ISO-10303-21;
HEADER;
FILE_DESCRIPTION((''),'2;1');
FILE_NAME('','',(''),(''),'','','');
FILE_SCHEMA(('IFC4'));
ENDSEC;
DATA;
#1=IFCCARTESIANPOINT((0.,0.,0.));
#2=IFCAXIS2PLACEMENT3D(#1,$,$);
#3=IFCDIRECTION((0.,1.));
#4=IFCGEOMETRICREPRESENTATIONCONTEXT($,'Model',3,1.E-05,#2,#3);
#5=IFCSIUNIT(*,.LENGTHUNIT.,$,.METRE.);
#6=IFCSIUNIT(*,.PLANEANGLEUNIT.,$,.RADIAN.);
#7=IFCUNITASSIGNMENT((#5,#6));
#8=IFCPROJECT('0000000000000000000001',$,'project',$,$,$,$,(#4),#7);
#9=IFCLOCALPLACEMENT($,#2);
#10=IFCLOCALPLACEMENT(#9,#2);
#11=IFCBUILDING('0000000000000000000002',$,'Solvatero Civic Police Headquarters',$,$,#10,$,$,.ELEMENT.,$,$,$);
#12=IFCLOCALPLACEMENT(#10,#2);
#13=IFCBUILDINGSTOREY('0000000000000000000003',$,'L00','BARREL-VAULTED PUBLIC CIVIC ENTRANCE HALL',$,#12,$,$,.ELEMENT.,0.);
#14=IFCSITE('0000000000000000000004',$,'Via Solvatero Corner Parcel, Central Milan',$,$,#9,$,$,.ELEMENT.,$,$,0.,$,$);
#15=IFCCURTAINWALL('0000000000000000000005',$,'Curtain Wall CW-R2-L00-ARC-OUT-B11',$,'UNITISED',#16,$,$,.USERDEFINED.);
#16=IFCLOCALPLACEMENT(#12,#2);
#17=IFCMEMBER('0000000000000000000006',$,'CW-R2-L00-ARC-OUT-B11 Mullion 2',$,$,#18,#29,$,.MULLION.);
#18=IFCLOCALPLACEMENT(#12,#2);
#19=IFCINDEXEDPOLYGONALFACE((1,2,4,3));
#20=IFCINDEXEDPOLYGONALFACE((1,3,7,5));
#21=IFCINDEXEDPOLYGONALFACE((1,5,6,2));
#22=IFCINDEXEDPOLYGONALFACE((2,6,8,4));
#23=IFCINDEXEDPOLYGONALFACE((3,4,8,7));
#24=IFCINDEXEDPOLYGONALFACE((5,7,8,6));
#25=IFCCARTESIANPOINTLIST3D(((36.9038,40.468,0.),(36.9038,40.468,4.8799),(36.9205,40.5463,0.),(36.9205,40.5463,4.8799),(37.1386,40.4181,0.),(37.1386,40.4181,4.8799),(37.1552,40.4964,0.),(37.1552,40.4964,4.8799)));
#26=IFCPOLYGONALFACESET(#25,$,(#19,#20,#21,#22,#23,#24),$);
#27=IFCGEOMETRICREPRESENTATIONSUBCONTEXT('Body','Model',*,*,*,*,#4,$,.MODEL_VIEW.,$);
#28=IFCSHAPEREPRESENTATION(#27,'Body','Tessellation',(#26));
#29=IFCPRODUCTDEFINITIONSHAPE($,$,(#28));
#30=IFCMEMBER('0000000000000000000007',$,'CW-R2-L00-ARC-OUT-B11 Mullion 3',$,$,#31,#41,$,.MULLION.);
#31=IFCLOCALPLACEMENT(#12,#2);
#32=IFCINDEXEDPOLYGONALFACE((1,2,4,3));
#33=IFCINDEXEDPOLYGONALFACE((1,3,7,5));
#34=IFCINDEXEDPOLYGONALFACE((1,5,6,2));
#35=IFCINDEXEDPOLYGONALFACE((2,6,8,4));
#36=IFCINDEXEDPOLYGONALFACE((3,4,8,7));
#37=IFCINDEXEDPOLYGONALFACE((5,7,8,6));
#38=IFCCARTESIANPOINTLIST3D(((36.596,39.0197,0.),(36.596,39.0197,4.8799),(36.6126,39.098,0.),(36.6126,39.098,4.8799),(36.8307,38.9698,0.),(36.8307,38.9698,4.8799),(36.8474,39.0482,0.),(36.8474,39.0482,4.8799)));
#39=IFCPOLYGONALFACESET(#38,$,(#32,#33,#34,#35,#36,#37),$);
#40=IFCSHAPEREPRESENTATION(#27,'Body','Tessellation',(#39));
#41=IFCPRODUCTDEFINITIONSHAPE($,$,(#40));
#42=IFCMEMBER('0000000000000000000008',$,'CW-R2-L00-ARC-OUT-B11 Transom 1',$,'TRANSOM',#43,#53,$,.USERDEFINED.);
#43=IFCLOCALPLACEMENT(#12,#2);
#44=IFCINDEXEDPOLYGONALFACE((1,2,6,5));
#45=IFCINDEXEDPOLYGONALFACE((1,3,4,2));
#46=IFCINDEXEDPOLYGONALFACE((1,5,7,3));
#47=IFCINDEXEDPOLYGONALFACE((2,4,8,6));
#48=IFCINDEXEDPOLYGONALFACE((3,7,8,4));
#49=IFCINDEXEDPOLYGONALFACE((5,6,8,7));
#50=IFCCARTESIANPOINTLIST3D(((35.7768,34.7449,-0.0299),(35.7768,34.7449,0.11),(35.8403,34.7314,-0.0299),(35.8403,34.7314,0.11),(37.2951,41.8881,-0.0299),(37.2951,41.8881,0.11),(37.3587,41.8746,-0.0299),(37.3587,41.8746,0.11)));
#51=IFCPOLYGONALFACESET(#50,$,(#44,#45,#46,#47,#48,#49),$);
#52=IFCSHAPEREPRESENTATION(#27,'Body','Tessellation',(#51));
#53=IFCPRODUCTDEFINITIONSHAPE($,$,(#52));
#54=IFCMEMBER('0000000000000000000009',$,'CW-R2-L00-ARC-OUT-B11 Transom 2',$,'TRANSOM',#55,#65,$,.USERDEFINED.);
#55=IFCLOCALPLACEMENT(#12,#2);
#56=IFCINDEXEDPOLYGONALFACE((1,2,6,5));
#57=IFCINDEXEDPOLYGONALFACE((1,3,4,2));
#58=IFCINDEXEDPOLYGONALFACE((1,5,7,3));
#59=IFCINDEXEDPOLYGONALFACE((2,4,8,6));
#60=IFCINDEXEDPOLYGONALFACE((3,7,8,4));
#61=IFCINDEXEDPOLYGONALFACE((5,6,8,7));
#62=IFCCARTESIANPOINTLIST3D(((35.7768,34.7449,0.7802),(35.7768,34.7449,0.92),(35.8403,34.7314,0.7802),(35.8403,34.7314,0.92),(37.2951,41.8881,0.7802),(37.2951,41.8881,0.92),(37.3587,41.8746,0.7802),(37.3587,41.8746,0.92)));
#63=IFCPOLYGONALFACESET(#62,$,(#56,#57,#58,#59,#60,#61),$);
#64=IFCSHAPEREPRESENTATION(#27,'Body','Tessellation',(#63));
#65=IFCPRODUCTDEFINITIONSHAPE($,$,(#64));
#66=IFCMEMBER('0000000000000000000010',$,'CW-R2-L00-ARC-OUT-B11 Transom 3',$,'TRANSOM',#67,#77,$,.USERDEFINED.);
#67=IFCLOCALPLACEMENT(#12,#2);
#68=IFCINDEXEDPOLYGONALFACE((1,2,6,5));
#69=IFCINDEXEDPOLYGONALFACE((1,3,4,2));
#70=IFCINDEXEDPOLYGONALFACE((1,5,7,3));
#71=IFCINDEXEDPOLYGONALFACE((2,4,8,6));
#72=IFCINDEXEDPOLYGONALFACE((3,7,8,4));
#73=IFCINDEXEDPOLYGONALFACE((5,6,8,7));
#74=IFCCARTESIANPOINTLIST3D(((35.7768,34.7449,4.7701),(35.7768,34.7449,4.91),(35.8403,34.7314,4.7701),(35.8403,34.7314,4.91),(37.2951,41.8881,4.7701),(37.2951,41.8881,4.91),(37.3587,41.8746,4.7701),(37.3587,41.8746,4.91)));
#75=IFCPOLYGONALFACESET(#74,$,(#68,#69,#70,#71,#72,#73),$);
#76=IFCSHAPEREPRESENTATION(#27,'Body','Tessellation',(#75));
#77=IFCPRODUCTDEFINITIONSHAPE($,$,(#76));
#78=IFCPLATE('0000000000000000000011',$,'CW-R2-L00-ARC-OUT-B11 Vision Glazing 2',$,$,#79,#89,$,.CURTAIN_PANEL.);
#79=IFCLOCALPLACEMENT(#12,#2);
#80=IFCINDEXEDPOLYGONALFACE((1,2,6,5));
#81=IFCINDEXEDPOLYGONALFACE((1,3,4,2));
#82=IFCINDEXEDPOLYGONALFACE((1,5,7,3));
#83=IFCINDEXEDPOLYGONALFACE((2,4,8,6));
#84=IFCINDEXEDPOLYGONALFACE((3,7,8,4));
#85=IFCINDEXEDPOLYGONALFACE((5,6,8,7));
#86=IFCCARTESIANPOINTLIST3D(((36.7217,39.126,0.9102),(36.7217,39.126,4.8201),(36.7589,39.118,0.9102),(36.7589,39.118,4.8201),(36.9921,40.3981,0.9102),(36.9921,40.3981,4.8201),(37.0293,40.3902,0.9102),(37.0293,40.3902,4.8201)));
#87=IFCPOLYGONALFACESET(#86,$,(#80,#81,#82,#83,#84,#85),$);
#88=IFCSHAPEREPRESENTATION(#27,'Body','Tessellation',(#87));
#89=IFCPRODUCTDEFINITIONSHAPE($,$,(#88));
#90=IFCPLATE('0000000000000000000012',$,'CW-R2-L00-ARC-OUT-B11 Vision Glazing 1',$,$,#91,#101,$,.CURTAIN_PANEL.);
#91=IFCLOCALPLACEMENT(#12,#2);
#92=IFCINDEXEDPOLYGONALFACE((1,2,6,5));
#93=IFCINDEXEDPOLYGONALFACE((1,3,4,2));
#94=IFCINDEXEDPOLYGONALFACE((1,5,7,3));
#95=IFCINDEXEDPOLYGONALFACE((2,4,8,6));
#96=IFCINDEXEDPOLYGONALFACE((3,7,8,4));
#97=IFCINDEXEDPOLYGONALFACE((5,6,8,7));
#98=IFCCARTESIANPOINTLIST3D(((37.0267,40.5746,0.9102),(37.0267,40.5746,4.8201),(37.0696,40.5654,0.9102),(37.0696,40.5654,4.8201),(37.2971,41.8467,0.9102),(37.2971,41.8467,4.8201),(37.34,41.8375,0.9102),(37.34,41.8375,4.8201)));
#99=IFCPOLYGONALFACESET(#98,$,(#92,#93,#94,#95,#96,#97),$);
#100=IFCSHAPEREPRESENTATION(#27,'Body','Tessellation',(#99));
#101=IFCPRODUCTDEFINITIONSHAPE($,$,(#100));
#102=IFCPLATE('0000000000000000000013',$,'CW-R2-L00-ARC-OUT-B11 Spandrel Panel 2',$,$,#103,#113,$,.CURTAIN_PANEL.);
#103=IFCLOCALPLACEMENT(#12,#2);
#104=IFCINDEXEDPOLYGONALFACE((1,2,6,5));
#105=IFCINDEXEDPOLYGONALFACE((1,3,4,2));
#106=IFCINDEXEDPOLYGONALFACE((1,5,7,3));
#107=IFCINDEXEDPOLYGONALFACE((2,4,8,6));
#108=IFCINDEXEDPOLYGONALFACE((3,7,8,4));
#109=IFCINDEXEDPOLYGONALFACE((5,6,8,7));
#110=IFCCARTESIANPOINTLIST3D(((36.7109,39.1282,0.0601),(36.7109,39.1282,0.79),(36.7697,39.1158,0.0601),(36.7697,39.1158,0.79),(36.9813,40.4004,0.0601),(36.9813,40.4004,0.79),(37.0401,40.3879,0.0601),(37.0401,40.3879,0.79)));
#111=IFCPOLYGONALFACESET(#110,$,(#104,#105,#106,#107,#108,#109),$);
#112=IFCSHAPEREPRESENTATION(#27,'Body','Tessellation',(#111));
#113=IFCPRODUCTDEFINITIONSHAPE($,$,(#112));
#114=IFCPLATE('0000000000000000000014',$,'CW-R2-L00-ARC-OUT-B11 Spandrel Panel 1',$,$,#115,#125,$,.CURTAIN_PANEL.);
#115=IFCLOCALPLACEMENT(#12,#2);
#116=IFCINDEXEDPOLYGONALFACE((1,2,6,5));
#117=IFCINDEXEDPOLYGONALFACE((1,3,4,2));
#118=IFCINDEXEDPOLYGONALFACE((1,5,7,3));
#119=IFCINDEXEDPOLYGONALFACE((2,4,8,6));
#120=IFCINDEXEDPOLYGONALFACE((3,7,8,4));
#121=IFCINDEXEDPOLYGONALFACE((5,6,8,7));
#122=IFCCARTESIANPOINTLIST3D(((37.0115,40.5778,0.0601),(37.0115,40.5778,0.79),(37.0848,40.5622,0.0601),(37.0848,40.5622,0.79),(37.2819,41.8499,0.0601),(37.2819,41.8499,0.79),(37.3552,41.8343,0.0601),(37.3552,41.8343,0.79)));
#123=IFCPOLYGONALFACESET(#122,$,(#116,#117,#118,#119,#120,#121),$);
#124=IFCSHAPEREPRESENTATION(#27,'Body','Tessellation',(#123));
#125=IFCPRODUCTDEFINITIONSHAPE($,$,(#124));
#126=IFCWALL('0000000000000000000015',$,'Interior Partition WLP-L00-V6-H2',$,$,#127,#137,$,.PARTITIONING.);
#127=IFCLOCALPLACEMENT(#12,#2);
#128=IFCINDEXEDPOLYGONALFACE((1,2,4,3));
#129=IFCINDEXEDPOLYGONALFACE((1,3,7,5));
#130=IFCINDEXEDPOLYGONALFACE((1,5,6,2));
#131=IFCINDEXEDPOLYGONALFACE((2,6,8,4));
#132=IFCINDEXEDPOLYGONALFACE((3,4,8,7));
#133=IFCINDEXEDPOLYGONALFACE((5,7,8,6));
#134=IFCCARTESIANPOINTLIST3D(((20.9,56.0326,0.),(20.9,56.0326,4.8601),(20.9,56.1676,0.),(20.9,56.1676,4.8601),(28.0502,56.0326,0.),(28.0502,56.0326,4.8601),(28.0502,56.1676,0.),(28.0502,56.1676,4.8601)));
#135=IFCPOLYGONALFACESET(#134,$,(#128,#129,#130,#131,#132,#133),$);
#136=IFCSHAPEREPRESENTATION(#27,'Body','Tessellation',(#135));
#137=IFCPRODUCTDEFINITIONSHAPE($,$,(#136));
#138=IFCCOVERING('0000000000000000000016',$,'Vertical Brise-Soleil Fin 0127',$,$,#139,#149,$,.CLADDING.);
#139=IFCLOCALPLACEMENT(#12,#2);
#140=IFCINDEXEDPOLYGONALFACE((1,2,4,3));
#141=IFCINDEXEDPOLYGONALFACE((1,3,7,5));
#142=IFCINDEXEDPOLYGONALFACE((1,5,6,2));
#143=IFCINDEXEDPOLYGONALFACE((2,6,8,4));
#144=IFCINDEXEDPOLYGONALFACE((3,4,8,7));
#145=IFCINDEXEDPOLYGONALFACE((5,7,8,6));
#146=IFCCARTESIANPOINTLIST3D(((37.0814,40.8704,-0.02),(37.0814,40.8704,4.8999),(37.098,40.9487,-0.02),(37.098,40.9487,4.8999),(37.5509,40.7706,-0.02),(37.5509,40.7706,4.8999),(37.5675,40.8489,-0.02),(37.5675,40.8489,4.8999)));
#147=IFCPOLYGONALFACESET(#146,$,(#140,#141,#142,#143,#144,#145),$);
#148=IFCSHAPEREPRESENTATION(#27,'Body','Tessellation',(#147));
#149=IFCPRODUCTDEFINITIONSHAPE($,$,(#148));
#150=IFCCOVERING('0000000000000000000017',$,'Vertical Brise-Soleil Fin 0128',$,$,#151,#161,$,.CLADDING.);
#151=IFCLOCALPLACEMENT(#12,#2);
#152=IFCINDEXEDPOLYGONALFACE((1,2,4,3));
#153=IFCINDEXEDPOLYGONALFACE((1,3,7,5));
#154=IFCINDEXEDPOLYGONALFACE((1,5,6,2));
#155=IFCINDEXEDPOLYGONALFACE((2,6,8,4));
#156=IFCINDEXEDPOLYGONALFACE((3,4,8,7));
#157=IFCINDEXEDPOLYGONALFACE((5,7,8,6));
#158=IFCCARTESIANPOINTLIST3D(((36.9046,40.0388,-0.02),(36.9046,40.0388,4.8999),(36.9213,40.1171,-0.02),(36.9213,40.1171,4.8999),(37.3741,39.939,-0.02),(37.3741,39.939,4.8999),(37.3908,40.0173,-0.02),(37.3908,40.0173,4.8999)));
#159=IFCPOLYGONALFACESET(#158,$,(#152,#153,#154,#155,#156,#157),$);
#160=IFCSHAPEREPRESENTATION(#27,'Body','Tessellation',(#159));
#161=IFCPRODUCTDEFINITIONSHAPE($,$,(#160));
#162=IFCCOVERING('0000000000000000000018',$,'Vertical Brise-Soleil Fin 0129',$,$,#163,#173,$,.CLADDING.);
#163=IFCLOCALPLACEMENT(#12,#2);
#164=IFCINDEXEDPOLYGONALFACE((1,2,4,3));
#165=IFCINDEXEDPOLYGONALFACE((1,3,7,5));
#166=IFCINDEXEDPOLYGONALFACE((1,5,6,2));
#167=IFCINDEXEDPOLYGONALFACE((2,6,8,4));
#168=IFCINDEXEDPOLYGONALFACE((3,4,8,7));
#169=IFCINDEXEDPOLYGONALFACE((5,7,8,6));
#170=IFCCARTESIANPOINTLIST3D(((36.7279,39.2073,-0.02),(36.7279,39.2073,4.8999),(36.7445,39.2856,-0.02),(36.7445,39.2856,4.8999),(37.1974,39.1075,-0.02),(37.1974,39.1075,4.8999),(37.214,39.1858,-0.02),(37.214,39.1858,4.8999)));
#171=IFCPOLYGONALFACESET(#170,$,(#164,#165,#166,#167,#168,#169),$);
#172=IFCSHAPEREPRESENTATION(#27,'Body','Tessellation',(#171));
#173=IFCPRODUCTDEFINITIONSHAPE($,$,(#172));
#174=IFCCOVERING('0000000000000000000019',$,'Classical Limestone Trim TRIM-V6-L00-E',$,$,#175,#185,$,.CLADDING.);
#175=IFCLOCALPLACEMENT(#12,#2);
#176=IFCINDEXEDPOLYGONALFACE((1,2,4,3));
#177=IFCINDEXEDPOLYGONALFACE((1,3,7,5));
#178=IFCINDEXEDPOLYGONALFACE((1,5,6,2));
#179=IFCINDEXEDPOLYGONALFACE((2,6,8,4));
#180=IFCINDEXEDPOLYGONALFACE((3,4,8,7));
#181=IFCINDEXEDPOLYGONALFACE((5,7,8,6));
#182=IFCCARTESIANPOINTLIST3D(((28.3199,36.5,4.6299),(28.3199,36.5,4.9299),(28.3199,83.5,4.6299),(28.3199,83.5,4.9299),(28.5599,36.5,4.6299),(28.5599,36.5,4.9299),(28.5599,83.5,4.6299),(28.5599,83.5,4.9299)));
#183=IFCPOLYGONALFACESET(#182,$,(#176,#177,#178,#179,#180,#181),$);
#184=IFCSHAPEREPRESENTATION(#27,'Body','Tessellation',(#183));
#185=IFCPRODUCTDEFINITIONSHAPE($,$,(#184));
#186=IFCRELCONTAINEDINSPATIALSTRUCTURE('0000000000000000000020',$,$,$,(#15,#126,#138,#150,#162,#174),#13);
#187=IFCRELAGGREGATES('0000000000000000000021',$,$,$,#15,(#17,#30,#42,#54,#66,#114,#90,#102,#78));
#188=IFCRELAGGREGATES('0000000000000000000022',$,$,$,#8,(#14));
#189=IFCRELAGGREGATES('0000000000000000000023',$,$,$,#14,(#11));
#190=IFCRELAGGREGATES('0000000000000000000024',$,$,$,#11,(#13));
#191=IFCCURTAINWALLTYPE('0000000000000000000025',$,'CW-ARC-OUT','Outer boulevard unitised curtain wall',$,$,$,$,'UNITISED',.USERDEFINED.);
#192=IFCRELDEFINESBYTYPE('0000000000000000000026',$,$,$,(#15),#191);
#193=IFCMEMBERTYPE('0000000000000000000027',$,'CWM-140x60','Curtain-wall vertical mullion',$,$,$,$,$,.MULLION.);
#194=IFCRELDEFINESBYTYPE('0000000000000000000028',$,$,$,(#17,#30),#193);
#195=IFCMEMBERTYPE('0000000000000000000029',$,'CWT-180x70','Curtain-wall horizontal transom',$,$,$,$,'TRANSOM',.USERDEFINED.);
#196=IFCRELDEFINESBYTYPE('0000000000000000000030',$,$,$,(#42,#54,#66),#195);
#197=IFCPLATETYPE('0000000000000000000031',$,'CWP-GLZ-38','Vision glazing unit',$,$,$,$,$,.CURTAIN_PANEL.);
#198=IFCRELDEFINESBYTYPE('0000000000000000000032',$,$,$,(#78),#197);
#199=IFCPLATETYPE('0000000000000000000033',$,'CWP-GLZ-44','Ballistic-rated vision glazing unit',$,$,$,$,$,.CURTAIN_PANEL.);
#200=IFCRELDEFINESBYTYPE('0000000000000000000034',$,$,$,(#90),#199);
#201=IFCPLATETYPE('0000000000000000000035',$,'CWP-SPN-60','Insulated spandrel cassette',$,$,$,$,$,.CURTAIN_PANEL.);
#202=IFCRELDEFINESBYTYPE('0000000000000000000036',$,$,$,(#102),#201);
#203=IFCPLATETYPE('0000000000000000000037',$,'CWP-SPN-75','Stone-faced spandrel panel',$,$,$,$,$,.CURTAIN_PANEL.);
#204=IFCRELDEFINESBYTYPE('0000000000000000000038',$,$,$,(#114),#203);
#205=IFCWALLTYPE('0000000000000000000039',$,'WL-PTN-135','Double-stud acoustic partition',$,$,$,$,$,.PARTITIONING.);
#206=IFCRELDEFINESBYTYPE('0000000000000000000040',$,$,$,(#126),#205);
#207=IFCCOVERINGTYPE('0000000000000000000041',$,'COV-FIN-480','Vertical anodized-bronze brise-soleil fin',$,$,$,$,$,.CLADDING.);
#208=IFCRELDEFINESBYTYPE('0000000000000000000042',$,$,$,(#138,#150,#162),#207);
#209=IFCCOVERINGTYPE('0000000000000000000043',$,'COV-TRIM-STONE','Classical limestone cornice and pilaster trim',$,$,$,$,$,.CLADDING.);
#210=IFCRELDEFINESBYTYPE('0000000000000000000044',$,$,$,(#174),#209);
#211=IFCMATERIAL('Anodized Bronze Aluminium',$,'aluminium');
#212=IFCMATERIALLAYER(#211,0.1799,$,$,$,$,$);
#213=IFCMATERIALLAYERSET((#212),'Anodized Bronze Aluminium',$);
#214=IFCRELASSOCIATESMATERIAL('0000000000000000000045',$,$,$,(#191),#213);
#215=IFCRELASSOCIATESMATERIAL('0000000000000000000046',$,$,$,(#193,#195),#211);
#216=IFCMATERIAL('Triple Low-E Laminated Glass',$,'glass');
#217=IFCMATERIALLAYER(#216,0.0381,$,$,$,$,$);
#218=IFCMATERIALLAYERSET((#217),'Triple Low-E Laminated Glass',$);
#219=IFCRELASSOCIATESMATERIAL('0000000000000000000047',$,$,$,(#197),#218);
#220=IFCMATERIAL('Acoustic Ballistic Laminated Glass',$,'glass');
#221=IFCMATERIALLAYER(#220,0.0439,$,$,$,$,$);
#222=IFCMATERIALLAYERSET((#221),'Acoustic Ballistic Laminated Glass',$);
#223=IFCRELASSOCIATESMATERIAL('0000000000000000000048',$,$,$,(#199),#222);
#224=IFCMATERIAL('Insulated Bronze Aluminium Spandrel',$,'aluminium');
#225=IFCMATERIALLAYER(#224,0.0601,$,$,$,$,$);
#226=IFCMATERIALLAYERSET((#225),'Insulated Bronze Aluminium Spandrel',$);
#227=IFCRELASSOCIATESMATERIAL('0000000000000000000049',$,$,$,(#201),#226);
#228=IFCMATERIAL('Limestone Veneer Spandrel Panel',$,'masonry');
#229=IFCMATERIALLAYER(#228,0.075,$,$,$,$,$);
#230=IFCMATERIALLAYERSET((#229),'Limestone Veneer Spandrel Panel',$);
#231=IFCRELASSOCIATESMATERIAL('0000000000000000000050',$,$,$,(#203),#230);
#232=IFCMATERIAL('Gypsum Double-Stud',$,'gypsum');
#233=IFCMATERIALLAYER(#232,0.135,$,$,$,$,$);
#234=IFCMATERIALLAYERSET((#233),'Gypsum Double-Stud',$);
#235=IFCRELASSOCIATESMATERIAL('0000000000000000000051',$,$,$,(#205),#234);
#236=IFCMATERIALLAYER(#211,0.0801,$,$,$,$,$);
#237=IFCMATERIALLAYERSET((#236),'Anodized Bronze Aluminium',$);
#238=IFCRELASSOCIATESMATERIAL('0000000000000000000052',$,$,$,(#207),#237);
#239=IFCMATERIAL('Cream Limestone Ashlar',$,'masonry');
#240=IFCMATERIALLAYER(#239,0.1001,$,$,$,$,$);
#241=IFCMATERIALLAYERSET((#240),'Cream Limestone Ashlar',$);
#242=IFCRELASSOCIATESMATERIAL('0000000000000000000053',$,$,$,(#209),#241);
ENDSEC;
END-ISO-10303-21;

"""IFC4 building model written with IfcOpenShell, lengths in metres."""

from ifc_helpers import new_model, si_unit, direction, frame, frame_2d, origin, origin_2d, place, context, subcontext, project, spatial, rectangle, extrude, material, layer, layer_set, material_profile, profile_set, type_object, element, aggregate, save


model = new_model("IFC4")

# Units and contexts
model_context = context("Model", 3, precision=1e-05, world=origin(), true_north=direction((0.0, 1.0)))
body_context = subcontext(model_context, "Body", "Model", "MODEL_VIEW")
ifc_project = project(units=[si_unit("LENGTHUNIT", "METRE"), si_unit("PLANEANGLEUNIT", "RADIAN")], contexts=[model_context])

# Site, building, storey
site_placement = place(None, origin())
site = spatial("IfcSite", under=ifc_project, at=site_placement, Name="Via Solvatero Corner Parcel, Central Milan", CompositionType="ELEMENT", RefElevation=0.0)
building_placement = place(site_placement, origin())
building = spatial("IfcBuilding", under=site, at=building_placement, Name="Solvatero Civic Police Headquarters", CompositionType="ELEMENT")
storey_placement = place(building_placement, origin())
storey = spatial("IfcBuildingStorey", under=building, at=storey_placement, Name="L00", Description="BARREL-VAULTED PUBLIC CIVIC ENTRANCE HALL", CompositionType="ELEMENT", Elevation=0.0)

# Curtain wall, members, plates
ifc_material_1 = material(Name="Anodized Bronze Aluminium", Category="aluminium")
ifc_layer_1 = layer(ifc_material_1, 0.1799)
ifc_layer_set_1 = layer_set([ifc_layer_1], Name="Anodized Bronze Aluminium")
curtain_wall_type = type_object("IfcCurtainWallType", Name="CW-ARC-OUT", Description="Outer boulevard unitised curtain wall", ElementType="UNITISED", PredefinedType="USERDEFINED", material=ifc_layer_set_1)
curtain_wall_placement = place(storey_placement, origin())
curtain_wall = element("IfcCurtainWall", 1, at=curtain_wall_placement, inside=storey, type_object=curtain_wall_type, Name="Curtain Wall CW-R2-L00-ARC-OUT-B11", ObjectType="UNITISED", PredefinedType="USERDEFINED")
ifc_material_profile_1 = material_profile(ifc_material_1, rectangle(XDim=0.0801, YDim=0.24, at=origin_2d()), Name="ALU MULLION 80x240")
ifc_profile_set_1 = profile_set([ifc_material_profile_1], Name="Anodized Bronze Aluminium")
member_type_1 = type_object("IfcMemberType", Name="CWM-140x60", Description="Curtain-wall vertical mullion", PredefinedType="MULLION", material=ifc_profile_set_1)
member_1_placement = place(storey_placement, frame((37.0295, 40.4822, 0.0), z_axis=(0.0, 0.0, 1.0), x_axis=(-0.207912, -0.978148, 0.0)))
member_1 = element("IfcMember", 2, at=member_1_placement, type_object=member_type_1, Name="CW-R2-L00-ARC-OUT-B11 Mullion 2", PredefinedType="MULLION", context=body_context, shape_type="SweptSolid", body=[
    extrude(rectangle(XDim=0.0801, YDim=0.24, at=origin_2d()), origin(), (0.0, 0.0, 1.0), 4.8799),
])
member_2_placement = place(storey_placement, frame((36.7217, 39.0339, 0.0), z_axis=(0.0, 0.0, 1.0), x_axis=(-0.207912, -0.978148, 0.0)))
member_2 = element("IfcMember", 3, at=member_2_placement, type_object=member_type_1, Name="CW-R2-L00-ARC-OUT-B11 Mullion 3", PredefinedType="MULLION", context=body_context, shape_type="SweptSolid", body=[
    extrude(rectangle(XDim=0.0801, YDim=0.24, at=origin_2d()), origin(), (0.0, 0.0, 1.0), 4.8799),
])
ifc_material_profile_2 = material_profile(ifc_material_1, rectangle(XDim=0.0649, YDim=0.1399, at=origin_2d()), Name="ALU TRANSOM 65x140")
ifc_profile_set_2 = profile_set([ifc_material_profile_2], Name="Anodized Bronze Aluminium")
member_type_2 = type_object("IfcMemberType", Name="CWT-180x70", Description="Curtain-wall horizontal transom", ElementType="TRANSOM", PredefinedType="USERDEFINED", material=ifc_profile_set_2)
member_3_placement = place(storey_placement, frame((37.3269, 41.8813, 0.04), z_axis=(-0.207912, -0.978147, 0.0), x_axis=(0.978147, -0.207912, 0.0)))
member_3 = element("IfcMember", 4, at=member_3_placement, type_object=member_type_2, Name="CW-R2-L00-ARC-OUT-B11 Transom 1", ObjectType="TRANSOM", PredefinedType="USERDEFINED", context=body_context, shape_type="SweptSolid", body=[
    extrude(rectangle(XDim=0.0649, YDim=0.1399, at=origin_2d()), origin(), (0.0, 0.0, 1.0), 7.3027),
])
member_4_placement = place(storey_placement, frame((37.3269, 41.8813, 0.8501), z_axis=(-0.207912, -0.978147, 0.0), x_axis=(0.978147, -0.207912, 0.0)))
member_4 = element("IfcMember", 5, at=member_4_placement, type_object=member_type_2, Name="CW-R2-L00-ARC-OUT-B11 Transom 2", ObjectType="TRANSOM", PredefinedType="USERDEFINED", context=body_context, shape_type="SweptSolid", body=[
    extrude(rectangle(XDim=0.0649, YDim=0.1399, at=origin_2d()), origin(), (0.0, 0.0, 1.0), 7.3027),
])
member_5_placement = place(storey_placement, frame((37.3269, 41.8813, 4.8401), z_axis=(-0.207912, -0.978147, 0.0), x_axis=(0.978147, -0.207912, 0.0)))
member_5 = element("IfcMember", 6, at=member_5_placement, type_object=member_type_2, Name="CW-R2-L00-ARC-OUT-B11 Transom 3", ObjectType="TRANSOM", PredefinedType="USERDEFINED", context=body_context, shape_type="SweptSolid", body=[
    extrude(rectangle(XDim=0.0649, YDim=0.1399, at=origin_2d()), origin(), (0.0, 0.0, 1.0), 7.3027),
])
ifc_material_2 = material(Name="Triple Low-E Laminated Glass", Category="glass")
ifc_layer_2 = layer(ifc_material_2, 0.0381)
ifc_layer_set_2 = layer_set([ifc_layer_2], Name="Triple Low-E Laminated Glass")
plate_type_1 = type_object("IfcPlateType", Name="CWP-GLZ-38", Description="Vision glazing unit", PredefinedType="CURTAIN_PANEL", material=ifc_layer_set_2)
plate_1_placement = place(storey_placement, frame((36.8755, 39.7581, 0.9102), z_axis=(0.0, 0.0, 1.0), x_axis=(-0.207912, -0.978148, 0.0)))
plate_1 = element("IfcPlate", 7, at=plate_1_placement, type_object=plate_type_1, Name="CW-R2-L00-ARC-OUT-B11 Vision Glazing 2", PredefinedType="CURTAIN_PANEL", context=body_context, shape_type="SweptSolid", body=[
    extrude(rectangle(XDim=1.3005, YDim=0.0381, at=origin_2d()), origin(), (0.0, 0.0, 1.0), 3.9099),
])
ifc_material_3 = material(Name="Acoustic Ballistic Laminated Glass", Category="glass")
ifc_layer_3 = layer(ifc_material_3, 0.0439)
ifc_layer_set_3 = layer_set([ifc_layer_3], Name="Acoustic Ballistic Laminated Glass")
plate_type_2 = type_object("IfcPlateType", Name="CWP-GLZ-44", Description="Ballistic-rated vision glazing unit", PredefinedType="CURTAIN_PANEL", material=ifc_layer_set_3)
plate_2_placement = place(storey_placement, frame((37.1833, 41.2061, 0.9102), z_axis=(0.0, 0.0, 1.0), x_axis=(-0.207912, -0.978148, 0.0)))
plate_2 = element("IfcPlate", 8, at=plate_2_placement, type_object=plate_type_2, Name="CW-R2-L00-ARC-OUT-B11 Vision Glazing 1", PredefinedType="CURTAIN_PANEL", context=body_context, shape_type="SweptSolid", body=[
    extrude(rectangle(XDim=1.3005, YDim=0.0439, at=origin_2d()), origin(), (0.0, 0.0, 1.0), 3.9099),
])
ifc_material_4 = material(Name="Insulated Bronze Aluminium Spandrel", Category="aluminium")
ifc_layer_4 = layer(ifc_material_4, 0.0601)
ifc_layer_set_4 = layer_set([ifc_layer_4], Name="Insulated Bronze Aluminium Spandrel")
plate_type_3 = type_object("IfcPlateType", Name="CWP-SPN-60", Description="Insulated spandrel cassette", PredefinedType="CURTAIN_PANEL", material=ifc_layer_set_4)
plate_3_placement = place(storey_placement, frame((36.8755, 39.7581, 0.0601), z_axis=(0.0, 0.0, 1.0), x_axis=(-0.207912, -0.978148, 0.0)))
plate_3 = element("IfcPlate", 9, at=plate_3_placement, type_object=plate_type_3, Name="CW-R2-L00-ARC-OUT-B11 Spandrel Panel 2", PredefinedType="CURTAIN_PANEL", context=body_context, shape_type="SweptSolid", body=[
    extrude(rectangle(XDim=1.3005, YDim=0.0601, at=origin_2d()), origin(), (0.0, 0.0, 1.0), 0.73),
])
ifc_material_5 = material(Name="Limestone Veneer Spandrel Panel", Category="masonry")
ifc_layer_5 = layer(ifc_material_5, 0.075)
ifc_layer_set_5 = layer_set([ifc_layer_5], Name="Limestone Veneer Spandrel Panel")
plate_type_4 = type_object("IfcPlateType", Name="CWP-SPN-75", Description="Stone-faced spandrel panel", PredefinedType="CURTAIN_PANEL", material=ifc_layer_set_5)
plate_4_placement = place(storey_placement, frame((37.1833, 41.2061, 0.0601), z_axis=(0.0, 0.0, 1.0), x_axis=(-0.207912, -0.978148, 0.0)))
plate_4 = element("IfcPlate", 10, at=plate_4_placement, type_object=plate_type_4, Name="CW-R2-L00-ARC-OUT-B11 Spandrel Panel 1", PredefinedType="CURTAIN_PANEL", context=body_context, shape_type="SweptSolid", body=[
    extrude(rectangle(XDim=1.3005, YDim=0.075, at=origin_2d()), origin(), (0.0, 0.0, 1.0), 0.73),
])
aggregate(curtain_wall, [member_1, member_2, member_3, member_4, member_5, plate_4, plate_2, plate_3, plate_1])

# Wall
ifc_material_6 = material(Name="Gypsum Double-Stud", Category="gypsum")
ifc_layer_6 = layer(ifc_material_6, 0.135)
ifc_layer_set_6 = layer_set([ifc_layer_6], Name="Gypsum Double-Stud")
wall_type = type_object("IfcWallType", Name="WL-PTN-135", Description="Double-stud acoustic partition", PredefinedType="PARTITIONING", material=ifc_layer_set_6)
wall_placement = place(storey_placement, frame((20.8999, 56.1001, 0.0), z_axis=(0.0, 0.0, 1.0), x_axis=(1.0, 0.0, 0.0)))
element("IfcWall", 11, at=wall_placement, inside=storey, type_object=wall_type, Name="Interior Partition WLP-L00-V6-H2", PredefinedType="PARTITIONING", context=body_context, shape_type="SweptSolid", body=[
    extrude(rectangle(XDim=7.1501, YDim=0.135, at=frame_2d((3.5752, 0.0))), origin(), (0.0, 0.0, 1.0), 4.8601),
])

# Coverings
ifc_layer_7 = layer(ifc_material_1, 0.0801)
ifc_layer_set_7 = layer_set([ifc_layer_7], Name="Anodized Bronze Aluminium")
covering_type_1 = type_object("IfcCoveringType", Name="COV-FIN-480", Description="Vertical anodized-bronze brise-soleil fin", PredefinedType="CLADDING", material=ifc_layer_set_7)
for number, where, z_axis, x_axis, name in (
    (12, (37.3245, 40.8596, -0.02), (0.0, 0.0, 1.0), (-0.207912, -0.978148, 0.0), "Vertical Brise-Soleil Fin 0127"),
    (13, (37.1477, 40.0281, -0.02), (0.0, 0.0, 1.0), (-0.207912, -0.978148, 0.0), "Vertical Brise-Soleil Fin 0128"),
    (14, (36.9709, 39.1965, -0.02), (0.0, 0.0, 1.0), (-0.207912, -0.978148, 0.0), "Vertical Brise-Soleil Fin 0129"),
):
    element("IfcCovering", number, at=place(storey_placement, frame(where, z_axis=z_axis, x_axis=x_axis)), inside=storey, type_object=covering_type_1, Name=name, PredefinedType="CLADDING", context=body_context, shape_type="SweptSolid", body=[
        extrude(rectangle(XDim=0.0801, YDim=0.48, at=origin_2d()), origin(), (0.0, 0.0, 1.0), 4.9199),
    ])
ifc_material_7 = material(Name="Cream Limestone Ashlar", Category="masonry")
ifc_layer_8 = layer(ifc_material_7, 0.1001)
ifc_layer_set_8 = layer_set([ifc_layer_8], Name="Cream Limestone Ashlar")
covering_type_2 = type_object("IfcCoveringType", Name="COV-TRIM-STONE", Description="Classical limestone cornice and pilaster trim", PredefinedType="CLADDING", material=ifc_layer_set_8)
covering_placement = place(storey_placement, frame((28.4399, 60.0, 4.6299), z_axis=(0.0, 0.0, 1.0), x_axis=(1.0, 0.0, 0.0)))
element("IfcCovering", 15, at=covering_placement, inside=storey, type_object=covering_type_2, Name="Classical Limestone Trim TRIM-V6-L00-E", PredefinedType="CLADDING", context=body_context, shape_type="SweptSolid", body=[
    extrude(rectangle(XDim=0.24, YDim=47.0, at=origin_2d()), origin(), (0.0, 0.0, 1.0), 0.3),
])

save(model, "model.ifc")
